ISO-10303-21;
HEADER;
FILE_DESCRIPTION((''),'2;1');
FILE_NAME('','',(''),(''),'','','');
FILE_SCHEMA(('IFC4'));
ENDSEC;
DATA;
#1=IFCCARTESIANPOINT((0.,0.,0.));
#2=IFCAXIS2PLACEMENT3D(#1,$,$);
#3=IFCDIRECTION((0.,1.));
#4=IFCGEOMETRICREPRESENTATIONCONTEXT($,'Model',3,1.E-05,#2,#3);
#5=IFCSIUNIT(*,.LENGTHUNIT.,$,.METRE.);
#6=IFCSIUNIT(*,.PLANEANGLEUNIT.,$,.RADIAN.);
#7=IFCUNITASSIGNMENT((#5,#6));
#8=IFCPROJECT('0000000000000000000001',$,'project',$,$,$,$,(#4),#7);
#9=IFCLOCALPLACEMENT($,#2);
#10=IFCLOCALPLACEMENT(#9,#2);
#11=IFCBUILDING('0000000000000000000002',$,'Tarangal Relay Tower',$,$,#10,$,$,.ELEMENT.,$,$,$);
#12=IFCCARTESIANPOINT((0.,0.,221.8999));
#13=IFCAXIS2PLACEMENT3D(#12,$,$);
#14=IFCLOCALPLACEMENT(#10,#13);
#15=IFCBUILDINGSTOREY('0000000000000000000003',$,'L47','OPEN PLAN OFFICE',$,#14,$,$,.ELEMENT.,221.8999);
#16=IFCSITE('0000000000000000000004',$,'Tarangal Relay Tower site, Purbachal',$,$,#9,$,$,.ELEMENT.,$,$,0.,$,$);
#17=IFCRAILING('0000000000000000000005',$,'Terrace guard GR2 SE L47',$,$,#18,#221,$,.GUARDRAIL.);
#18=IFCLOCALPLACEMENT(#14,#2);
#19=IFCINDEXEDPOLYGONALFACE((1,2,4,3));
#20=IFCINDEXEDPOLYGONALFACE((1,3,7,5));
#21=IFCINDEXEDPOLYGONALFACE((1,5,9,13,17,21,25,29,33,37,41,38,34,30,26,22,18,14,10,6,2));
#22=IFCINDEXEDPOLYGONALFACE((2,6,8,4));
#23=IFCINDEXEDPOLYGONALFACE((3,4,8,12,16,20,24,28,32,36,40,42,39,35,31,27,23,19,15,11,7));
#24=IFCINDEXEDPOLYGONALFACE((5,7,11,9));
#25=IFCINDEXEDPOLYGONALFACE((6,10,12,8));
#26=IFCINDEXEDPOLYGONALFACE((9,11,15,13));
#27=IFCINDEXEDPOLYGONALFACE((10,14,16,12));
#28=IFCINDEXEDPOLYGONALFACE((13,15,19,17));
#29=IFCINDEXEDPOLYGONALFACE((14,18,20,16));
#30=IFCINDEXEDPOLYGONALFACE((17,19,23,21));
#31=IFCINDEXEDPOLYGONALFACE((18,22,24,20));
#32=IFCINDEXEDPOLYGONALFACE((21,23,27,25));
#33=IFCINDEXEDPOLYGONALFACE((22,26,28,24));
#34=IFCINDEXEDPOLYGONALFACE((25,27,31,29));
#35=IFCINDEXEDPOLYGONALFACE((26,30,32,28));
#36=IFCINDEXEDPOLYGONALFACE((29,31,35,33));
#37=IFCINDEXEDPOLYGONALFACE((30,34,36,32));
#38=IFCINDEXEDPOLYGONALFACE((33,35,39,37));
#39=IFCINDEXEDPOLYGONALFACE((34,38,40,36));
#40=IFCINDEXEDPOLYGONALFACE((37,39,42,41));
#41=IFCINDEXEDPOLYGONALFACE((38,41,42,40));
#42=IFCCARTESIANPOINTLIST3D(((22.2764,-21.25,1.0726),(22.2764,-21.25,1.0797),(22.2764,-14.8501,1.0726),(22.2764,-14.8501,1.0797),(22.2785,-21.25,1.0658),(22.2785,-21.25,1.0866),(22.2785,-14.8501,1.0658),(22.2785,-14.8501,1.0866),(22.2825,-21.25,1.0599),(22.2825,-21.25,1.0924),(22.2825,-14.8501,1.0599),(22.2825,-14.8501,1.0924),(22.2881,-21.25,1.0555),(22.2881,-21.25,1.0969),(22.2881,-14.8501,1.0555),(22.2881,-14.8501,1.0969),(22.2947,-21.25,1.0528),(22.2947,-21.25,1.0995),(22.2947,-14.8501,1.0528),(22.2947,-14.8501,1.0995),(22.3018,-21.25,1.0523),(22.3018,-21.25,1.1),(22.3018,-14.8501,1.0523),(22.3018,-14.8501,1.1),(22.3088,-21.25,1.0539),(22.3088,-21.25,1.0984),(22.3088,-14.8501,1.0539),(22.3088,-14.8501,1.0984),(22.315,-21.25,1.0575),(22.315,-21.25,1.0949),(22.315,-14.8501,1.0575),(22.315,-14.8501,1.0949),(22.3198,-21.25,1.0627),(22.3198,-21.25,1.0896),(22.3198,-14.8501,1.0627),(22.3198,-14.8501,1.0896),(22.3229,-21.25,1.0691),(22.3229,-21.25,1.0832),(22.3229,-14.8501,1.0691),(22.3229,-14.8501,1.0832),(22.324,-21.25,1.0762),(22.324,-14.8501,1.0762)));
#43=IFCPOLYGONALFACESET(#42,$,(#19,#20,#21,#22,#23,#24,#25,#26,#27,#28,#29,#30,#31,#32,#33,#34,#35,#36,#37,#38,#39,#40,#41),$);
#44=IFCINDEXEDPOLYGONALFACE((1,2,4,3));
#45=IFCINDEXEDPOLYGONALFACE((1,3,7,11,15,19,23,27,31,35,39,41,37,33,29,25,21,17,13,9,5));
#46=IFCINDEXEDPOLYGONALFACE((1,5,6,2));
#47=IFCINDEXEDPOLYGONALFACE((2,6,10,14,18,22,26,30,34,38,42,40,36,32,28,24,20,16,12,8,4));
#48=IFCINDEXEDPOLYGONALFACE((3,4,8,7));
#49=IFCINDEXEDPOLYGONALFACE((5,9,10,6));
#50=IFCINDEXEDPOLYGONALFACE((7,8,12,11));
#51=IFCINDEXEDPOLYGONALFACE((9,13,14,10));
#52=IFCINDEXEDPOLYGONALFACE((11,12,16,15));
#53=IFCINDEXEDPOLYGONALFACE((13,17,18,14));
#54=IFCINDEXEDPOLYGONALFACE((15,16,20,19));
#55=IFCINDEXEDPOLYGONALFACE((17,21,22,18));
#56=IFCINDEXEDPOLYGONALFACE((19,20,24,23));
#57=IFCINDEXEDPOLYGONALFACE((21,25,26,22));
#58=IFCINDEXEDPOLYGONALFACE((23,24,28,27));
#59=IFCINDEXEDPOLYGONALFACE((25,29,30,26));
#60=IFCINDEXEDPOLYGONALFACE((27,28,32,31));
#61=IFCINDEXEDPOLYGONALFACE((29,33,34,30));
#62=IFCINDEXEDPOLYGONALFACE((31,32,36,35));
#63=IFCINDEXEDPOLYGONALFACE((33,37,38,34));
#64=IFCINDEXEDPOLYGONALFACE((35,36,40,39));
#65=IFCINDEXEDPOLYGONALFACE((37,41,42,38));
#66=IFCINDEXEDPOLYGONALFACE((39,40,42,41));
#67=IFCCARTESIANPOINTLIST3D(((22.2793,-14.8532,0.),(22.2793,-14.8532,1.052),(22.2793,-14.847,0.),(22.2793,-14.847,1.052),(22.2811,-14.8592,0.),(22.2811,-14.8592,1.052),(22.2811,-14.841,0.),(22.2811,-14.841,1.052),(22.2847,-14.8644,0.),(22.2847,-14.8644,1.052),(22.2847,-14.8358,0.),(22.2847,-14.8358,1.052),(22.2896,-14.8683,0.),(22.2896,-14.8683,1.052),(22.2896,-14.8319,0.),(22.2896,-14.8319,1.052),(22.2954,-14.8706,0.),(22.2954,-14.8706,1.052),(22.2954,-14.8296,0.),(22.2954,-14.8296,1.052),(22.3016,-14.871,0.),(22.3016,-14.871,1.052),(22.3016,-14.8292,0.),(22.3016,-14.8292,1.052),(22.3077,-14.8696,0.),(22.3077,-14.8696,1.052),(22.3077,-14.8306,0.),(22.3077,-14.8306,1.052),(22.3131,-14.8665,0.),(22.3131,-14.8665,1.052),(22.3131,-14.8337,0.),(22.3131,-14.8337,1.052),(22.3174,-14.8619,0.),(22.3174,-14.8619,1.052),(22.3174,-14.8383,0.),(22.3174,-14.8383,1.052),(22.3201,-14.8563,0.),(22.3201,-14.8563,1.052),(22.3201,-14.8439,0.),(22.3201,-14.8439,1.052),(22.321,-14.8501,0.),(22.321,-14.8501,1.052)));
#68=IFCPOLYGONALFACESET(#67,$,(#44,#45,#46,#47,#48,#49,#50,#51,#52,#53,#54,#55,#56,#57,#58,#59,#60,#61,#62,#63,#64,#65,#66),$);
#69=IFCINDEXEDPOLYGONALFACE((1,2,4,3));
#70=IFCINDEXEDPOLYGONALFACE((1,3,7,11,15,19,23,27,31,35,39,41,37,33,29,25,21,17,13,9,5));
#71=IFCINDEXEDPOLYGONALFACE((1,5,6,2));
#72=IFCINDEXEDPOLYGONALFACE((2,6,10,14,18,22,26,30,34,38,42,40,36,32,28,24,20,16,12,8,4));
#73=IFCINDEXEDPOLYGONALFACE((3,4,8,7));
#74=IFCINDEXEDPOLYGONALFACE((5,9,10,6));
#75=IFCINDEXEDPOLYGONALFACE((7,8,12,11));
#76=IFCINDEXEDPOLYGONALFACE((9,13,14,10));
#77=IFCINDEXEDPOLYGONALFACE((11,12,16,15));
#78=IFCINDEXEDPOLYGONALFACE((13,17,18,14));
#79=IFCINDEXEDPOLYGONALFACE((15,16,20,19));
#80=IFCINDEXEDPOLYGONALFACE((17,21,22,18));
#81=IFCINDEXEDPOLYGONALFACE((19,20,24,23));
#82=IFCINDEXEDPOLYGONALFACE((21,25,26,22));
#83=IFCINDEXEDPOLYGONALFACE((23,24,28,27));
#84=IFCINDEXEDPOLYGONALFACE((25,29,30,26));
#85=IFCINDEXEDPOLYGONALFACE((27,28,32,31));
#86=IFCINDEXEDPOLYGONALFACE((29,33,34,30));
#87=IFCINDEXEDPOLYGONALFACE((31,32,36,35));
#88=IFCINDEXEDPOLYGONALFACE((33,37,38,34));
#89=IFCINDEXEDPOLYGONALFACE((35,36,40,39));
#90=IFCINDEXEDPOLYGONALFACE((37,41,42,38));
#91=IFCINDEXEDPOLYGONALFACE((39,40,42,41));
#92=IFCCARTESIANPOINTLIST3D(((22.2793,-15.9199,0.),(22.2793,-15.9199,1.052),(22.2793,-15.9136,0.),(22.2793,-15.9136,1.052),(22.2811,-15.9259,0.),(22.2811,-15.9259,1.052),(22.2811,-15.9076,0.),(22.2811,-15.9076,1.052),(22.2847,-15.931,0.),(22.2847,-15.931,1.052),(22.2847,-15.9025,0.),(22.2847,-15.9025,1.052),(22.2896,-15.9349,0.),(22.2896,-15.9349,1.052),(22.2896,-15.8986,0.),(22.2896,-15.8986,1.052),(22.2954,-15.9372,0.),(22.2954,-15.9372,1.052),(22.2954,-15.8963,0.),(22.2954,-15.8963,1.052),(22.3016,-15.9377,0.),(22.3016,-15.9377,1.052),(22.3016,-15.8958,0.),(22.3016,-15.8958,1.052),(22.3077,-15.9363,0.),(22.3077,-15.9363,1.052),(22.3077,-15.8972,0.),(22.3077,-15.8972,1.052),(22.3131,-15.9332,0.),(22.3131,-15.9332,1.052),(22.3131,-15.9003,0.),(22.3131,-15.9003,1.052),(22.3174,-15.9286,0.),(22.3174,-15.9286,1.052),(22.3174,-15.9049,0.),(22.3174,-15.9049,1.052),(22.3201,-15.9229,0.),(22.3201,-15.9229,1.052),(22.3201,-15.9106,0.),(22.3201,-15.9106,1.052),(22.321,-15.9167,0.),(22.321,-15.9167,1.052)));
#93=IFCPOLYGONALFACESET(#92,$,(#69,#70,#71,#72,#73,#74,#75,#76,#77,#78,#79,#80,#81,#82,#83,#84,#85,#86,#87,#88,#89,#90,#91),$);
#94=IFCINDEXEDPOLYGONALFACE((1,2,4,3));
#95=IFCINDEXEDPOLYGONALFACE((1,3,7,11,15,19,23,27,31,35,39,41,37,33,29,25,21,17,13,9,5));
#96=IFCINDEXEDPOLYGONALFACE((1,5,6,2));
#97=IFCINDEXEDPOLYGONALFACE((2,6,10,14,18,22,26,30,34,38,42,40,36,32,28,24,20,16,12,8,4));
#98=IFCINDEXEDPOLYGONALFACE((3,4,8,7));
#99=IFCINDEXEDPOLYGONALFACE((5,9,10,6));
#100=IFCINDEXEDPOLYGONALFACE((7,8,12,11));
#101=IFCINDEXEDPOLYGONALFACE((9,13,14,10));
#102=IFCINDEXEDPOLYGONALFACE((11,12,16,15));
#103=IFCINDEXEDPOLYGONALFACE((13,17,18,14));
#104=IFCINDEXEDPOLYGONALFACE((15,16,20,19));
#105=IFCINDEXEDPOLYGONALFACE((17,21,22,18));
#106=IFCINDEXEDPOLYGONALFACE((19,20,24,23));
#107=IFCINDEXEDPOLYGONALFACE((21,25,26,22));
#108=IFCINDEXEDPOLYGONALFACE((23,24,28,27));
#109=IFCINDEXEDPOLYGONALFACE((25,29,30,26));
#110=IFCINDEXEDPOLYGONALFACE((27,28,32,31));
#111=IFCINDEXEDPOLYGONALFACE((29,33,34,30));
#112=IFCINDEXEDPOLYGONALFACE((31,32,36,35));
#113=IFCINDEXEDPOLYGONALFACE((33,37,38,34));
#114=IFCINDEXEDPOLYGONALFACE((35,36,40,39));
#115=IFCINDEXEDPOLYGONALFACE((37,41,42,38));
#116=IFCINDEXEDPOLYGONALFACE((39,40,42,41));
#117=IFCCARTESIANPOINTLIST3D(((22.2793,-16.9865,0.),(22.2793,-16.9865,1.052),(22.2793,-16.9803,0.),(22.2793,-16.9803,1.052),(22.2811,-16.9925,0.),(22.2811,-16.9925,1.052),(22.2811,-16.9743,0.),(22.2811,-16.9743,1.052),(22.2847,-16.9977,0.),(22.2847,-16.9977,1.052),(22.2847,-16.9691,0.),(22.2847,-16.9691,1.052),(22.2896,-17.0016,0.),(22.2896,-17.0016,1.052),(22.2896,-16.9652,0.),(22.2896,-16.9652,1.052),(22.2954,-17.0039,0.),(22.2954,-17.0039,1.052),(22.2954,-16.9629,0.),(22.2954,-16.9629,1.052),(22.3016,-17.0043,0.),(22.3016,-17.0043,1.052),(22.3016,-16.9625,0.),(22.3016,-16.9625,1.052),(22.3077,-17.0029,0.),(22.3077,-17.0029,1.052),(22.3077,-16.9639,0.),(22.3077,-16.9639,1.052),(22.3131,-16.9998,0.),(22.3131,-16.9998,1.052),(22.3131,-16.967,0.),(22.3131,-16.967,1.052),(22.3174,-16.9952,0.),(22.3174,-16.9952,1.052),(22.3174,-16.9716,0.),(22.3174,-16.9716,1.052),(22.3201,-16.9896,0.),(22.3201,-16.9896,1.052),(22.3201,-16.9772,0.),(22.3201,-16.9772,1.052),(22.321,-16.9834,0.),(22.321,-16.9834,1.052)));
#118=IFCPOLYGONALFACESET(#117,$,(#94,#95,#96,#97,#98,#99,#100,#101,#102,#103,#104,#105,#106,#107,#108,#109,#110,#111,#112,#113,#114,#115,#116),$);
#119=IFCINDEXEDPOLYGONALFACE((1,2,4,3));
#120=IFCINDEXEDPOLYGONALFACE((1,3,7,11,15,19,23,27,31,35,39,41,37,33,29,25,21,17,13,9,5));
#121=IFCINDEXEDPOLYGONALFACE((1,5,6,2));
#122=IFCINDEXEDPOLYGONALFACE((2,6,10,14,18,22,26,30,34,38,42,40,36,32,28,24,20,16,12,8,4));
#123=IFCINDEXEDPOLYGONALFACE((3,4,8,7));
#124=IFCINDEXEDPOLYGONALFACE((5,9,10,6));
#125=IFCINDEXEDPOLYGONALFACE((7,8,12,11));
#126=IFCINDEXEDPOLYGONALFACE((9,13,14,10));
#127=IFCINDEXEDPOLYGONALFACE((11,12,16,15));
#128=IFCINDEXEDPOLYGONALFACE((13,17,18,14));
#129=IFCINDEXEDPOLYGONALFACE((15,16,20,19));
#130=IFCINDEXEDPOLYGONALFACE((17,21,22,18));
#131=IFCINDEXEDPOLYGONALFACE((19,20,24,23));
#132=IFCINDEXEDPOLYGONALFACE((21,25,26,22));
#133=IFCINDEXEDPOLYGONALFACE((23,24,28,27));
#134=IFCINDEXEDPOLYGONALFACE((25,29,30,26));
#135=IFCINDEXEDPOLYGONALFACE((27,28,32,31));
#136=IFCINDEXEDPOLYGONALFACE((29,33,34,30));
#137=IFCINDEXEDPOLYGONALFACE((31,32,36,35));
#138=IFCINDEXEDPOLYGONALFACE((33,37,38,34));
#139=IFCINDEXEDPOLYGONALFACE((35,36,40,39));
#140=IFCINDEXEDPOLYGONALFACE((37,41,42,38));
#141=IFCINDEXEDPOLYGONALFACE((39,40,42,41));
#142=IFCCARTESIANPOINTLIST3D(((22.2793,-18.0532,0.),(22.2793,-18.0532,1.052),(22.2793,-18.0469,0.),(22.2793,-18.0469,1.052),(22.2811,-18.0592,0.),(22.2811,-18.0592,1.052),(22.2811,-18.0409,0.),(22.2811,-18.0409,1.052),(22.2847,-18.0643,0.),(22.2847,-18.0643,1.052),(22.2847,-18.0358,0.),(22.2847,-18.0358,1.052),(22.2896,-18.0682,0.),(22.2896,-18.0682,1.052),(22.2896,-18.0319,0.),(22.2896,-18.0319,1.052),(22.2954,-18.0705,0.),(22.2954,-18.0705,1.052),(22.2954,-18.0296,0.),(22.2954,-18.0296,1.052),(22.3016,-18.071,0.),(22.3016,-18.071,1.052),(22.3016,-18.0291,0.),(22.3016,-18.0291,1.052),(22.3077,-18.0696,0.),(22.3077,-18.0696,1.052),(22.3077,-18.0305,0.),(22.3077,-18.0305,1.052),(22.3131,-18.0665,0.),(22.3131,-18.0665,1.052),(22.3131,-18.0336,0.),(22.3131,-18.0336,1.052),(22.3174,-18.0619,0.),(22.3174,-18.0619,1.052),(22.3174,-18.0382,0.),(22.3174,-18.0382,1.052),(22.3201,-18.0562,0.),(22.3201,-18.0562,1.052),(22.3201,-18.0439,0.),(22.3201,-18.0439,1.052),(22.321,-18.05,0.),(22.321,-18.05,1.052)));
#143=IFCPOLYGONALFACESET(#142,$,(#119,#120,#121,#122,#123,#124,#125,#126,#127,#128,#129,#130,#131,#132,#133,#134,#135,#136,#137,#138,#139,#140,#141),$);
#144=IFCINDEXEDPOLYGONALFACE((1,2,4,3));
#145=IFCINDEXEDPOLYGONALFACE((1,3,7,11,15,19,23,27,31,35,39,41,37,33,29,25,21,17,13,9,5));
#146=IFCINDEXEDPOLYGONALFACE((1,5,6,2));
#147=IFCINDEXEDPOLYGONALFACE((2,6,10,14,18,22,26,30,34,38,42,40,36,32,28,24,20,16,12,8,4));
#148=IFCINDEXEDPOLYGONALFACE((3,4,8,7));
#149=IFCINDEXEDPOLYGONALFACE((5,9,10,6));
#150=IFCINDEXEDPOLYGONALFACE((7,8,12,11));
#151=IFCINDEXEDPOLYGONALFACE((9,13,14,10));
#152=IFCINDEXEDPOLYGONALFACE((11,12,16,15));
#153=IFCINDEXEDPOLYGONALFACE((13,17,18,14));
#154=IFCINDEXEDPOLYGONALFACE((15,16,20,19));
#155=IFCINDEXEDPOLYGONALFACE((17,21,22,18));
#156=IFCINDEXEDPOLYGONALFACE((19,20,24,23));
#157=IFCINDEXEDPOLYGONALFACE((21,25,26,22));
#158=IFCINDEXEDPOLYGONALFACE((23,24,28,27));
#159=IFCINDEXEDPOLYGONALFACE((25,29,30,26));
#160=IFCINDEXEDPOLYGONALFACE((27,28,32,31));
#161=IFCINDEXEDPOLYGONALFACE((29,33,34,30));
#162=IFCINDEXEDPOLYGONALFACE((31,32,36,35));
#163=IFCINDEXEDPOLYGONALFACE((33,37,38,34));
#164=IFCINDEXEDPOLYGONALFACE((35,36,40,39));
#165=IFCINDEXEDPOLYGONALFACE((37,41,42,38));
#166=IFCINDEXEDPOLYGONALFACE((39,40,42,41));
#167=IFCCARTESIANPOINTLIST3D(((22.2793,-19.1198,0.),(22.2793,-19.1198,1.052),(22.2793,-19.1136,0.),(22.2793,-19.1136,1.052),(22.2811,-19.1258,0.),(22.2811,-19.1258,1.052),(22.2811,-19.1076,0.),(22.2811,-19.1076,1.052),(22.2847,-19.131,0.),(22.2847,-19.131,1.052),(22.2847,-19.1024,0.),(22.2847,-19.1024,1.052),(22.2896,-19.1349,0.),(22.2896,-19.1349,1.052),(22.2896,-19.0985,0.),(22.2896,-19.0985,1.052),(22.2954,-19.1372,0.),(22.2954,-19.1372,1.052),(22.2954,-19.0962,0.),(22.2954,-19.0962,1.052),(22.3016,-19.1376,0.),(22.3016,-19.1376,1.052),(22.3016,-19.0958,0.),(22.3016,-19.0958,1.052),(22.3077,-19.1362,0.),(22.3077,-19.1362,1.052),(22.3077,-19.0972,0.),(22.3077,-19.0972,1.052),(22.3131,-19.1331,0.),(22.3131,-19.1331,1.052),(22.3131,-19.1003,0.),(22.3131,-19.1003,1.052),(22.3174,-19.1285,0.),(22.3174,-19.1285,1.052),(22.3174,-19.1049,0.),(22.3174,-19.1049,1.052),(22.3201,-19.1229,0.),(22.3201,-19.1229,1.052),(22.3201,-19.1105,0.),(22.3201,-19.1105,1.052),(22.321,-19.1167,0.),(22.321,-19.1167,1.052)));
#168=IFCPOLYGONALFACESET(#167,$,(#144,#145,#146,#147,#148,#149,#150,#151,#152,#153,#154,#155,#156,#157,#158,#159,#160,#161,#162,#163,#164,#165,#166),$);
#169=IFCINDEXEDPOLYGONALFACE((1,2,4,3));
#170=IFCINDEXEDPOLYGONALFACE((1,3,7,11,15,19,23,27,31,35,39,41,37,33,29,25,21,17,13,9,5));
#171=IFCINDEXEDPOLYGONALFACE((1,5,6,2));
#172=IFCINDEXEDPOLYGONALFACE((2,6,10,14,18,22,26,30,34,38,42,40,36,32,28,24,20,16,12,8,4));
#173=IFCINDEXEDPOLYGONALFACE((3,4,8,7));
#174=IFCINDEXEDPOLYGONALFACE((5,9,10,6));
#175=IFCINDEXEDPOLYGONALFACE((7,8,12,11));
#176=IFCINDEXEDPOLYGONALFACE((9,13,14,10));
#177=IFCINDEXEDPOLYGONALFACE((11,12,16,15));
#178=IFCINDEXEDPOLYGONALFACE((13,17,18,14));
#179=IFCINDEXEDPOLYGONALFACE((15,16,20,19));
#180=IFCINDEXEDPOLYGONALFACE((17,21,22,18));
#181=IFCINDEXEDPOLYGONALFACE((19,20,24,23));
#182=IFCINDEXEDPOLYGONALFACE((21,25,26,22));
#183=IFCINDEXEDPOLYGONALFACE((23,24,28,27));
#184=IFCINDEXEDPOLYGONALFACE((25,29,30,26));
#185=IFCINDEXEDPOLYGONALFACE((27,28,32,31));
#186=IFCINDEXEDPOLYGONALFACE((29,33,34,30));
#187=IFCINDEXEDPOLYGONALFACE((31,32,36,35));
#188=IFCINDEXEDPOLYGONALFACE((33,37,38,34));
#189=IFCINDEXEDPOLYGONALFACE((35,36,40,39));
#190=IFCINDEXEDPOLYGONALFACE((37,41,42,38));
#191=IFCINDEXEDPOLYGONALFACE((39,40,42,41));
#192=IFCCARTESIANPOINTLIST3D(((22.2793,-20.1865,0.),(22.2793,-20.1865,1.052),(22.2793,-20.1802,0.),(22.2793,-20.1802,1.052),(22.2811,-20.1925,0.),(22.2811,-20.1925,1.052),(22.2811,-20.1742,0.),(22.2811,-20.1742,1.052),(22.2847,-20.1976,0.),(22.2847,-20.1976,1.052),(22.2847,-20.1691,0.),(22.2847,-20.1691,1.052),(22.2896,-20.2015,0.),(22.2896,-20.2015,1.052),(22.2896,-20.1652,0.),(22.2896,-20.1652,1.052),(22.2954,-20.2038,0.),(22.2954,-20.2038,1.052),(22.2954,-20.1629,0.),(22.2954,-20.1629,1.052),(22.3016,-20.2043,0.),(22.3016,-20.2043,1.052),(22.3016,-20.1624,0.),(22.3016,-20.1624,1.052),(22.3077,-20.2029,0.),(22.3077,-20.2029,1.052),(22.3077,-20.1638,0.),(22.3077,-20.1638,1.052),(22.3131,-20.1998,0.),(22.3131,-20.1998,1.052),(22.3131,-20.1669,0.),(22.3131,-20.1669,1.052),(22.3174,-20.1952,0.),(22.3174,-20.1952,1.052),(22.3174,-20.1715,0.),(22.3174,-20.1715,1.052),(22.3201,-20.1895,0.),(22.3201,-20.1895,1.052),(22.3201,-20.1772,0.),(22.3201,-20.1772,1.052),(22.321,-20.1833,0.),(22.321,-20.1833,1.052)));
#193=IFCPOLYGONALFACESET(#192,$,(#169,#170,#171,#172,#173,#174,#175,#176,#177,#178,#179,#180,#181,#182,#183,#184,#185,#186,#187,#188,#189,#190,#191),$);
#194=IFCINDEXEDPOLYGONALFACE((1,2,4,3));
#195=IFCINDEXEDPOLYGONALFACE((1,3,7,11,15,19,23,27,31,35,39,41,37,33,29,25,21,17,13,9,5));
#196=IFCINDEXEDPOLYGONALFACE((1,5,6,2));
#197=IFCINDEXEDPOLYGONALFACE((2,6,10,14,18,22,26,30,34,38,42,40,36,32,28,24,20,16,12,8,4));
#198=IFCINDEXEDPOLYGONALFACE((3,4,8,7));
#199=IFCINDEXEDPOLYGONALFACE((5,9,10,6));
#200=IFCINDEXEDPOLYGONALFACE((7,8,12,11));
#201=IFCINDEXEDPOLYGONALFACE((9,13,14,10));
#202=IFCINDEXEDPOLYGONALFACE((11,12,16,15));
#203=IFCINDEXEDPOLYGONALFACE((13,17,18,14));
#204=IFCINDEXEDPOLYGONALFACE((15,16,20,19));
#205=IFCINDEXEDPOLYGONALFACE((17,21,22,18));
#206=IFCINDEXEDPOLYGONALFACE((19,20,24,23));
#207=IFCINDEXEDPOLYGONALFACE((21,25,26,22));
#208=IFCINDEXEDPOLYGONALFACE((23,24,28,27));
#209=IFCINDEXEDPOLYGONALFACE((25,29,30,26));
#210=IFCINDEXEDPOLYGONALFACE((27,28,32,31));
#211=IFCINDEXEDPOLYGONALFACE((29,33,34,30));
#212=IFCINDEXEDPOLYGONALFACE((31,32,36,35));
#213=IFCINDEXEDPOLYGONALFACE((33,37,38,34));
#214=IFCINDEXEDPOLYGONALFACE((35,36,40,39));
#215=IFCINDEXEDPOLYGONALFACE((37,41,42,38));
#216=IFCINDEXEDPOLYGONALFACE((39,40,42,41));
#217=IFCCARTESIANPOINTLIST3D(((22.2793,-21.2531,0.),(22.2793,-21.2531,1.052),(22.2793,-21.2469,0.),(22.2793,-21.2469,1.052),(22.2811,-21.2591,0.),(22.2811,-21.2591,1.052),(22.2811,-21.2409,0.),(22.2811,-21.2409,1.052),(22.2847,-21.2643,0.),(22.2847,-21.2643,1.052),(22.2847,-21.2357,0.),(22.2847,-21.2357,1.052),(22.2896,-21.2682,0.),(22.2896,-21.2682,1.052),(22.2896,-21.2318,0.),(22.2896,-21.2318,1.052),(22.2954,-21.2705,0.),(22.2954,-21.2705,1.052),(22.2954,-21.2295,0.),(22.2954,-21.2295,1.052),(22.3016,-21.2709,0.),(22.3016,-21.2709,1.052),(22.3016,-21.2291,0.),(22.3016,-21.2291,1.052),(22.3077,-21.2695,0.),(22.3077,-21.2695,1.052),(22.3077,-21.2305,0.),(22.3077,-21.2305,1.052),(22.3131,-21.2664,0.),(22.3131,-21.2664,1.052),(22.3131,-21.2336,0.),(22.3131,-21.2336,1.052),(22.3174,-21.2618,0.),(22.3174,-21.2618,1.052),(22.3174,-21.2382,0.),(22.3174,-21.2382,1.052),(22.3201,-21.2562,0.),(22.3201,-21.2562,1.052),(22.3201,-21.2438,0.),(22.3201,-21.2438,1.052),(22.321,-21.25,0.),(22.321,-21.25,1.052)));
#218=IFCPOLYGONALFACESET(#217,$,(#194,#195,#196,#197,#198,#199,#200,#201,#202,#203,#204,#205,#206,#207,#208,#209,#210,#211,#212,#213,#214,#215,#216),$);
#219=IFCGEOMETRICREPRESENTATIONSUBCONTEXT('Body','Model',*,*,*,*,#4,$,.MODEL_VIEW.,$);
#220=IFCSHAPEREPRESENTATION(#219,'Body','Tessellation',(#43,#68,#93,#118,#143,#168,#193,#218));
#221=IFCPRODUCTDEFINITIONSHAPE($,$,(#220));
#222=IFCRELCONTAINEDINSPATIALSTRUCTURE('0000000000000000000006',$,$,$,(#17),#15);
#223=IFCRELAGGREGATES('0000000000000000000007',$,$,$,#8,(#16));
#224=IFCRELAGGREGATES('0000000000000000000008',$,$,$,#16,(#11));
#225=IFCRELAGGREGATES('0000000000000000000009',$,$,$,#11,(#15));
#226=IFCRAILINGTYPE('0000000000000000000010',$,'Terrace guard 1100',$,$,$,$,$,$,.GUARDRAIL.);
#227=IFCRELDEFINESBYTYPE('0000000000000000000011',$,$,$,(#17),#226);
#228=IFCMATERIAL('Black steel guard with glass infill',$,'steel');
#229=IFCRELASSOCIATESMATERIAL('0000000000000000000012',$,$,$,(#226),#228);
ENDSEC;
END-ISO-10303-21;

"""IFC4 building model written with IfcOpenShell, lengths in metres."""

from ifc_helpers import new_model, si_unit, direction, frame, origin, origin_2d, place, context, subcontext, project, spatial, circle, extrude, material, type_object, element, save


model = new_model("IFC4")

# Units and contexts
model_context = context("Model", 3, precision=1e-05, world=origin(), true_north=direction((0.0, 1.0)))
body_context = subcontext(model_context, "Body", "Model", "MODEL_VIEW")
ifc_project = project(units=[si_unit("LENGTHUNIT", "METRE"), si_unit("PLANEANGLEUNIT", "RADIAN")], contexts=[model_context])

# Site, building, storey
site_placement = place(None, origin())
site = spatial("IfcSite", under=ifc_project, at=site_placement, Name="Tarangal Relay Tower site, Purbachal", CompositionType="ELEMENT", RefElevation=0.0)
building_placement = place(site_placement, origin())
building = spatial("IfcBuilding", under=site, at=building_placement, Name="Tarangal Relay Tower", CompositionType="ELEMENT")
storey_placement = place(building_placement, frame((0.0, 0.0, 221.8999)))
storey = spatial("IfcBuildingStorey", under=building, at=storey_placement, Name="L47", Description="OPEN PLAN OFFICE", CompositionType="ELEMENT", Elevation=221.8999)

# Railing
ifc_material_1 = material(Name="Black steel guard with glass infill", Category="steel")
railing_type = type_object("IfcRailingType", Name="Terrace guard 1100", PredefinedType="GUARDRAIL", material=ifc_material_1)
railing_1_placement = place(storey_placement, frame((22.3, -14.8501, 0.0)))
element("IfcRailing", 1, at=railing_1_placement, inside=storey, type_object=railing_type, Name="Terrace guard GR2 SE L47", PredefinedType="GUARDRAIL", context=body_context, shape_type="SweptSolid", body=[
    extrude(circle(Radius=0.0239, at=origin_2d()), frame((0.0, 0.0, 1.0762), z_axis=(0.0, -1.0, 0.0), x_axis=(1.0, 0.0, 0.0)), (0.0, 0.0, 1.0), 6.3999),
    extrude(circle(Radius=0.021, at=origin_2d()), origin(), (0.0, 0.0, 1.0), 1.052),
    extrude(circle(Radius=0.021, at=origin_2d()), frame((0.0, -1.0667, 0.0)), (0.0, 0.0, 1.0), 1.052),
    extrude(circle(Radius=0.021, at=origin_2d()), frame((0.0, -2.1333, 0.0)), (0.0, 0.0, 1.0), 1.052),
    extrude(circle(Radius=0.021, at=origin_2d()), frame((0.0, -3.2, 0.0)), (0.0, 0.0, 1.0), 1.052),
    extrude(circle(Radius=0.021, at=origin_2d()), frame((0.0, -4.2666, 0.0)), (0.0, 0.0, 1.0), 1.052),
    extrude(circle(Radius=0.021, at=origin_2d()), frame((0.0, -5.3333, 0.0)), (0.0, 0.0, 1.0), 1.052),
    extrude(circle(Radius=0.021, at=origin_2d()), frame((0.0, -6.3999, 0.0)), (0.0, 0.0, 1.0), 1.052),
])

save(model, "model.ifc")
